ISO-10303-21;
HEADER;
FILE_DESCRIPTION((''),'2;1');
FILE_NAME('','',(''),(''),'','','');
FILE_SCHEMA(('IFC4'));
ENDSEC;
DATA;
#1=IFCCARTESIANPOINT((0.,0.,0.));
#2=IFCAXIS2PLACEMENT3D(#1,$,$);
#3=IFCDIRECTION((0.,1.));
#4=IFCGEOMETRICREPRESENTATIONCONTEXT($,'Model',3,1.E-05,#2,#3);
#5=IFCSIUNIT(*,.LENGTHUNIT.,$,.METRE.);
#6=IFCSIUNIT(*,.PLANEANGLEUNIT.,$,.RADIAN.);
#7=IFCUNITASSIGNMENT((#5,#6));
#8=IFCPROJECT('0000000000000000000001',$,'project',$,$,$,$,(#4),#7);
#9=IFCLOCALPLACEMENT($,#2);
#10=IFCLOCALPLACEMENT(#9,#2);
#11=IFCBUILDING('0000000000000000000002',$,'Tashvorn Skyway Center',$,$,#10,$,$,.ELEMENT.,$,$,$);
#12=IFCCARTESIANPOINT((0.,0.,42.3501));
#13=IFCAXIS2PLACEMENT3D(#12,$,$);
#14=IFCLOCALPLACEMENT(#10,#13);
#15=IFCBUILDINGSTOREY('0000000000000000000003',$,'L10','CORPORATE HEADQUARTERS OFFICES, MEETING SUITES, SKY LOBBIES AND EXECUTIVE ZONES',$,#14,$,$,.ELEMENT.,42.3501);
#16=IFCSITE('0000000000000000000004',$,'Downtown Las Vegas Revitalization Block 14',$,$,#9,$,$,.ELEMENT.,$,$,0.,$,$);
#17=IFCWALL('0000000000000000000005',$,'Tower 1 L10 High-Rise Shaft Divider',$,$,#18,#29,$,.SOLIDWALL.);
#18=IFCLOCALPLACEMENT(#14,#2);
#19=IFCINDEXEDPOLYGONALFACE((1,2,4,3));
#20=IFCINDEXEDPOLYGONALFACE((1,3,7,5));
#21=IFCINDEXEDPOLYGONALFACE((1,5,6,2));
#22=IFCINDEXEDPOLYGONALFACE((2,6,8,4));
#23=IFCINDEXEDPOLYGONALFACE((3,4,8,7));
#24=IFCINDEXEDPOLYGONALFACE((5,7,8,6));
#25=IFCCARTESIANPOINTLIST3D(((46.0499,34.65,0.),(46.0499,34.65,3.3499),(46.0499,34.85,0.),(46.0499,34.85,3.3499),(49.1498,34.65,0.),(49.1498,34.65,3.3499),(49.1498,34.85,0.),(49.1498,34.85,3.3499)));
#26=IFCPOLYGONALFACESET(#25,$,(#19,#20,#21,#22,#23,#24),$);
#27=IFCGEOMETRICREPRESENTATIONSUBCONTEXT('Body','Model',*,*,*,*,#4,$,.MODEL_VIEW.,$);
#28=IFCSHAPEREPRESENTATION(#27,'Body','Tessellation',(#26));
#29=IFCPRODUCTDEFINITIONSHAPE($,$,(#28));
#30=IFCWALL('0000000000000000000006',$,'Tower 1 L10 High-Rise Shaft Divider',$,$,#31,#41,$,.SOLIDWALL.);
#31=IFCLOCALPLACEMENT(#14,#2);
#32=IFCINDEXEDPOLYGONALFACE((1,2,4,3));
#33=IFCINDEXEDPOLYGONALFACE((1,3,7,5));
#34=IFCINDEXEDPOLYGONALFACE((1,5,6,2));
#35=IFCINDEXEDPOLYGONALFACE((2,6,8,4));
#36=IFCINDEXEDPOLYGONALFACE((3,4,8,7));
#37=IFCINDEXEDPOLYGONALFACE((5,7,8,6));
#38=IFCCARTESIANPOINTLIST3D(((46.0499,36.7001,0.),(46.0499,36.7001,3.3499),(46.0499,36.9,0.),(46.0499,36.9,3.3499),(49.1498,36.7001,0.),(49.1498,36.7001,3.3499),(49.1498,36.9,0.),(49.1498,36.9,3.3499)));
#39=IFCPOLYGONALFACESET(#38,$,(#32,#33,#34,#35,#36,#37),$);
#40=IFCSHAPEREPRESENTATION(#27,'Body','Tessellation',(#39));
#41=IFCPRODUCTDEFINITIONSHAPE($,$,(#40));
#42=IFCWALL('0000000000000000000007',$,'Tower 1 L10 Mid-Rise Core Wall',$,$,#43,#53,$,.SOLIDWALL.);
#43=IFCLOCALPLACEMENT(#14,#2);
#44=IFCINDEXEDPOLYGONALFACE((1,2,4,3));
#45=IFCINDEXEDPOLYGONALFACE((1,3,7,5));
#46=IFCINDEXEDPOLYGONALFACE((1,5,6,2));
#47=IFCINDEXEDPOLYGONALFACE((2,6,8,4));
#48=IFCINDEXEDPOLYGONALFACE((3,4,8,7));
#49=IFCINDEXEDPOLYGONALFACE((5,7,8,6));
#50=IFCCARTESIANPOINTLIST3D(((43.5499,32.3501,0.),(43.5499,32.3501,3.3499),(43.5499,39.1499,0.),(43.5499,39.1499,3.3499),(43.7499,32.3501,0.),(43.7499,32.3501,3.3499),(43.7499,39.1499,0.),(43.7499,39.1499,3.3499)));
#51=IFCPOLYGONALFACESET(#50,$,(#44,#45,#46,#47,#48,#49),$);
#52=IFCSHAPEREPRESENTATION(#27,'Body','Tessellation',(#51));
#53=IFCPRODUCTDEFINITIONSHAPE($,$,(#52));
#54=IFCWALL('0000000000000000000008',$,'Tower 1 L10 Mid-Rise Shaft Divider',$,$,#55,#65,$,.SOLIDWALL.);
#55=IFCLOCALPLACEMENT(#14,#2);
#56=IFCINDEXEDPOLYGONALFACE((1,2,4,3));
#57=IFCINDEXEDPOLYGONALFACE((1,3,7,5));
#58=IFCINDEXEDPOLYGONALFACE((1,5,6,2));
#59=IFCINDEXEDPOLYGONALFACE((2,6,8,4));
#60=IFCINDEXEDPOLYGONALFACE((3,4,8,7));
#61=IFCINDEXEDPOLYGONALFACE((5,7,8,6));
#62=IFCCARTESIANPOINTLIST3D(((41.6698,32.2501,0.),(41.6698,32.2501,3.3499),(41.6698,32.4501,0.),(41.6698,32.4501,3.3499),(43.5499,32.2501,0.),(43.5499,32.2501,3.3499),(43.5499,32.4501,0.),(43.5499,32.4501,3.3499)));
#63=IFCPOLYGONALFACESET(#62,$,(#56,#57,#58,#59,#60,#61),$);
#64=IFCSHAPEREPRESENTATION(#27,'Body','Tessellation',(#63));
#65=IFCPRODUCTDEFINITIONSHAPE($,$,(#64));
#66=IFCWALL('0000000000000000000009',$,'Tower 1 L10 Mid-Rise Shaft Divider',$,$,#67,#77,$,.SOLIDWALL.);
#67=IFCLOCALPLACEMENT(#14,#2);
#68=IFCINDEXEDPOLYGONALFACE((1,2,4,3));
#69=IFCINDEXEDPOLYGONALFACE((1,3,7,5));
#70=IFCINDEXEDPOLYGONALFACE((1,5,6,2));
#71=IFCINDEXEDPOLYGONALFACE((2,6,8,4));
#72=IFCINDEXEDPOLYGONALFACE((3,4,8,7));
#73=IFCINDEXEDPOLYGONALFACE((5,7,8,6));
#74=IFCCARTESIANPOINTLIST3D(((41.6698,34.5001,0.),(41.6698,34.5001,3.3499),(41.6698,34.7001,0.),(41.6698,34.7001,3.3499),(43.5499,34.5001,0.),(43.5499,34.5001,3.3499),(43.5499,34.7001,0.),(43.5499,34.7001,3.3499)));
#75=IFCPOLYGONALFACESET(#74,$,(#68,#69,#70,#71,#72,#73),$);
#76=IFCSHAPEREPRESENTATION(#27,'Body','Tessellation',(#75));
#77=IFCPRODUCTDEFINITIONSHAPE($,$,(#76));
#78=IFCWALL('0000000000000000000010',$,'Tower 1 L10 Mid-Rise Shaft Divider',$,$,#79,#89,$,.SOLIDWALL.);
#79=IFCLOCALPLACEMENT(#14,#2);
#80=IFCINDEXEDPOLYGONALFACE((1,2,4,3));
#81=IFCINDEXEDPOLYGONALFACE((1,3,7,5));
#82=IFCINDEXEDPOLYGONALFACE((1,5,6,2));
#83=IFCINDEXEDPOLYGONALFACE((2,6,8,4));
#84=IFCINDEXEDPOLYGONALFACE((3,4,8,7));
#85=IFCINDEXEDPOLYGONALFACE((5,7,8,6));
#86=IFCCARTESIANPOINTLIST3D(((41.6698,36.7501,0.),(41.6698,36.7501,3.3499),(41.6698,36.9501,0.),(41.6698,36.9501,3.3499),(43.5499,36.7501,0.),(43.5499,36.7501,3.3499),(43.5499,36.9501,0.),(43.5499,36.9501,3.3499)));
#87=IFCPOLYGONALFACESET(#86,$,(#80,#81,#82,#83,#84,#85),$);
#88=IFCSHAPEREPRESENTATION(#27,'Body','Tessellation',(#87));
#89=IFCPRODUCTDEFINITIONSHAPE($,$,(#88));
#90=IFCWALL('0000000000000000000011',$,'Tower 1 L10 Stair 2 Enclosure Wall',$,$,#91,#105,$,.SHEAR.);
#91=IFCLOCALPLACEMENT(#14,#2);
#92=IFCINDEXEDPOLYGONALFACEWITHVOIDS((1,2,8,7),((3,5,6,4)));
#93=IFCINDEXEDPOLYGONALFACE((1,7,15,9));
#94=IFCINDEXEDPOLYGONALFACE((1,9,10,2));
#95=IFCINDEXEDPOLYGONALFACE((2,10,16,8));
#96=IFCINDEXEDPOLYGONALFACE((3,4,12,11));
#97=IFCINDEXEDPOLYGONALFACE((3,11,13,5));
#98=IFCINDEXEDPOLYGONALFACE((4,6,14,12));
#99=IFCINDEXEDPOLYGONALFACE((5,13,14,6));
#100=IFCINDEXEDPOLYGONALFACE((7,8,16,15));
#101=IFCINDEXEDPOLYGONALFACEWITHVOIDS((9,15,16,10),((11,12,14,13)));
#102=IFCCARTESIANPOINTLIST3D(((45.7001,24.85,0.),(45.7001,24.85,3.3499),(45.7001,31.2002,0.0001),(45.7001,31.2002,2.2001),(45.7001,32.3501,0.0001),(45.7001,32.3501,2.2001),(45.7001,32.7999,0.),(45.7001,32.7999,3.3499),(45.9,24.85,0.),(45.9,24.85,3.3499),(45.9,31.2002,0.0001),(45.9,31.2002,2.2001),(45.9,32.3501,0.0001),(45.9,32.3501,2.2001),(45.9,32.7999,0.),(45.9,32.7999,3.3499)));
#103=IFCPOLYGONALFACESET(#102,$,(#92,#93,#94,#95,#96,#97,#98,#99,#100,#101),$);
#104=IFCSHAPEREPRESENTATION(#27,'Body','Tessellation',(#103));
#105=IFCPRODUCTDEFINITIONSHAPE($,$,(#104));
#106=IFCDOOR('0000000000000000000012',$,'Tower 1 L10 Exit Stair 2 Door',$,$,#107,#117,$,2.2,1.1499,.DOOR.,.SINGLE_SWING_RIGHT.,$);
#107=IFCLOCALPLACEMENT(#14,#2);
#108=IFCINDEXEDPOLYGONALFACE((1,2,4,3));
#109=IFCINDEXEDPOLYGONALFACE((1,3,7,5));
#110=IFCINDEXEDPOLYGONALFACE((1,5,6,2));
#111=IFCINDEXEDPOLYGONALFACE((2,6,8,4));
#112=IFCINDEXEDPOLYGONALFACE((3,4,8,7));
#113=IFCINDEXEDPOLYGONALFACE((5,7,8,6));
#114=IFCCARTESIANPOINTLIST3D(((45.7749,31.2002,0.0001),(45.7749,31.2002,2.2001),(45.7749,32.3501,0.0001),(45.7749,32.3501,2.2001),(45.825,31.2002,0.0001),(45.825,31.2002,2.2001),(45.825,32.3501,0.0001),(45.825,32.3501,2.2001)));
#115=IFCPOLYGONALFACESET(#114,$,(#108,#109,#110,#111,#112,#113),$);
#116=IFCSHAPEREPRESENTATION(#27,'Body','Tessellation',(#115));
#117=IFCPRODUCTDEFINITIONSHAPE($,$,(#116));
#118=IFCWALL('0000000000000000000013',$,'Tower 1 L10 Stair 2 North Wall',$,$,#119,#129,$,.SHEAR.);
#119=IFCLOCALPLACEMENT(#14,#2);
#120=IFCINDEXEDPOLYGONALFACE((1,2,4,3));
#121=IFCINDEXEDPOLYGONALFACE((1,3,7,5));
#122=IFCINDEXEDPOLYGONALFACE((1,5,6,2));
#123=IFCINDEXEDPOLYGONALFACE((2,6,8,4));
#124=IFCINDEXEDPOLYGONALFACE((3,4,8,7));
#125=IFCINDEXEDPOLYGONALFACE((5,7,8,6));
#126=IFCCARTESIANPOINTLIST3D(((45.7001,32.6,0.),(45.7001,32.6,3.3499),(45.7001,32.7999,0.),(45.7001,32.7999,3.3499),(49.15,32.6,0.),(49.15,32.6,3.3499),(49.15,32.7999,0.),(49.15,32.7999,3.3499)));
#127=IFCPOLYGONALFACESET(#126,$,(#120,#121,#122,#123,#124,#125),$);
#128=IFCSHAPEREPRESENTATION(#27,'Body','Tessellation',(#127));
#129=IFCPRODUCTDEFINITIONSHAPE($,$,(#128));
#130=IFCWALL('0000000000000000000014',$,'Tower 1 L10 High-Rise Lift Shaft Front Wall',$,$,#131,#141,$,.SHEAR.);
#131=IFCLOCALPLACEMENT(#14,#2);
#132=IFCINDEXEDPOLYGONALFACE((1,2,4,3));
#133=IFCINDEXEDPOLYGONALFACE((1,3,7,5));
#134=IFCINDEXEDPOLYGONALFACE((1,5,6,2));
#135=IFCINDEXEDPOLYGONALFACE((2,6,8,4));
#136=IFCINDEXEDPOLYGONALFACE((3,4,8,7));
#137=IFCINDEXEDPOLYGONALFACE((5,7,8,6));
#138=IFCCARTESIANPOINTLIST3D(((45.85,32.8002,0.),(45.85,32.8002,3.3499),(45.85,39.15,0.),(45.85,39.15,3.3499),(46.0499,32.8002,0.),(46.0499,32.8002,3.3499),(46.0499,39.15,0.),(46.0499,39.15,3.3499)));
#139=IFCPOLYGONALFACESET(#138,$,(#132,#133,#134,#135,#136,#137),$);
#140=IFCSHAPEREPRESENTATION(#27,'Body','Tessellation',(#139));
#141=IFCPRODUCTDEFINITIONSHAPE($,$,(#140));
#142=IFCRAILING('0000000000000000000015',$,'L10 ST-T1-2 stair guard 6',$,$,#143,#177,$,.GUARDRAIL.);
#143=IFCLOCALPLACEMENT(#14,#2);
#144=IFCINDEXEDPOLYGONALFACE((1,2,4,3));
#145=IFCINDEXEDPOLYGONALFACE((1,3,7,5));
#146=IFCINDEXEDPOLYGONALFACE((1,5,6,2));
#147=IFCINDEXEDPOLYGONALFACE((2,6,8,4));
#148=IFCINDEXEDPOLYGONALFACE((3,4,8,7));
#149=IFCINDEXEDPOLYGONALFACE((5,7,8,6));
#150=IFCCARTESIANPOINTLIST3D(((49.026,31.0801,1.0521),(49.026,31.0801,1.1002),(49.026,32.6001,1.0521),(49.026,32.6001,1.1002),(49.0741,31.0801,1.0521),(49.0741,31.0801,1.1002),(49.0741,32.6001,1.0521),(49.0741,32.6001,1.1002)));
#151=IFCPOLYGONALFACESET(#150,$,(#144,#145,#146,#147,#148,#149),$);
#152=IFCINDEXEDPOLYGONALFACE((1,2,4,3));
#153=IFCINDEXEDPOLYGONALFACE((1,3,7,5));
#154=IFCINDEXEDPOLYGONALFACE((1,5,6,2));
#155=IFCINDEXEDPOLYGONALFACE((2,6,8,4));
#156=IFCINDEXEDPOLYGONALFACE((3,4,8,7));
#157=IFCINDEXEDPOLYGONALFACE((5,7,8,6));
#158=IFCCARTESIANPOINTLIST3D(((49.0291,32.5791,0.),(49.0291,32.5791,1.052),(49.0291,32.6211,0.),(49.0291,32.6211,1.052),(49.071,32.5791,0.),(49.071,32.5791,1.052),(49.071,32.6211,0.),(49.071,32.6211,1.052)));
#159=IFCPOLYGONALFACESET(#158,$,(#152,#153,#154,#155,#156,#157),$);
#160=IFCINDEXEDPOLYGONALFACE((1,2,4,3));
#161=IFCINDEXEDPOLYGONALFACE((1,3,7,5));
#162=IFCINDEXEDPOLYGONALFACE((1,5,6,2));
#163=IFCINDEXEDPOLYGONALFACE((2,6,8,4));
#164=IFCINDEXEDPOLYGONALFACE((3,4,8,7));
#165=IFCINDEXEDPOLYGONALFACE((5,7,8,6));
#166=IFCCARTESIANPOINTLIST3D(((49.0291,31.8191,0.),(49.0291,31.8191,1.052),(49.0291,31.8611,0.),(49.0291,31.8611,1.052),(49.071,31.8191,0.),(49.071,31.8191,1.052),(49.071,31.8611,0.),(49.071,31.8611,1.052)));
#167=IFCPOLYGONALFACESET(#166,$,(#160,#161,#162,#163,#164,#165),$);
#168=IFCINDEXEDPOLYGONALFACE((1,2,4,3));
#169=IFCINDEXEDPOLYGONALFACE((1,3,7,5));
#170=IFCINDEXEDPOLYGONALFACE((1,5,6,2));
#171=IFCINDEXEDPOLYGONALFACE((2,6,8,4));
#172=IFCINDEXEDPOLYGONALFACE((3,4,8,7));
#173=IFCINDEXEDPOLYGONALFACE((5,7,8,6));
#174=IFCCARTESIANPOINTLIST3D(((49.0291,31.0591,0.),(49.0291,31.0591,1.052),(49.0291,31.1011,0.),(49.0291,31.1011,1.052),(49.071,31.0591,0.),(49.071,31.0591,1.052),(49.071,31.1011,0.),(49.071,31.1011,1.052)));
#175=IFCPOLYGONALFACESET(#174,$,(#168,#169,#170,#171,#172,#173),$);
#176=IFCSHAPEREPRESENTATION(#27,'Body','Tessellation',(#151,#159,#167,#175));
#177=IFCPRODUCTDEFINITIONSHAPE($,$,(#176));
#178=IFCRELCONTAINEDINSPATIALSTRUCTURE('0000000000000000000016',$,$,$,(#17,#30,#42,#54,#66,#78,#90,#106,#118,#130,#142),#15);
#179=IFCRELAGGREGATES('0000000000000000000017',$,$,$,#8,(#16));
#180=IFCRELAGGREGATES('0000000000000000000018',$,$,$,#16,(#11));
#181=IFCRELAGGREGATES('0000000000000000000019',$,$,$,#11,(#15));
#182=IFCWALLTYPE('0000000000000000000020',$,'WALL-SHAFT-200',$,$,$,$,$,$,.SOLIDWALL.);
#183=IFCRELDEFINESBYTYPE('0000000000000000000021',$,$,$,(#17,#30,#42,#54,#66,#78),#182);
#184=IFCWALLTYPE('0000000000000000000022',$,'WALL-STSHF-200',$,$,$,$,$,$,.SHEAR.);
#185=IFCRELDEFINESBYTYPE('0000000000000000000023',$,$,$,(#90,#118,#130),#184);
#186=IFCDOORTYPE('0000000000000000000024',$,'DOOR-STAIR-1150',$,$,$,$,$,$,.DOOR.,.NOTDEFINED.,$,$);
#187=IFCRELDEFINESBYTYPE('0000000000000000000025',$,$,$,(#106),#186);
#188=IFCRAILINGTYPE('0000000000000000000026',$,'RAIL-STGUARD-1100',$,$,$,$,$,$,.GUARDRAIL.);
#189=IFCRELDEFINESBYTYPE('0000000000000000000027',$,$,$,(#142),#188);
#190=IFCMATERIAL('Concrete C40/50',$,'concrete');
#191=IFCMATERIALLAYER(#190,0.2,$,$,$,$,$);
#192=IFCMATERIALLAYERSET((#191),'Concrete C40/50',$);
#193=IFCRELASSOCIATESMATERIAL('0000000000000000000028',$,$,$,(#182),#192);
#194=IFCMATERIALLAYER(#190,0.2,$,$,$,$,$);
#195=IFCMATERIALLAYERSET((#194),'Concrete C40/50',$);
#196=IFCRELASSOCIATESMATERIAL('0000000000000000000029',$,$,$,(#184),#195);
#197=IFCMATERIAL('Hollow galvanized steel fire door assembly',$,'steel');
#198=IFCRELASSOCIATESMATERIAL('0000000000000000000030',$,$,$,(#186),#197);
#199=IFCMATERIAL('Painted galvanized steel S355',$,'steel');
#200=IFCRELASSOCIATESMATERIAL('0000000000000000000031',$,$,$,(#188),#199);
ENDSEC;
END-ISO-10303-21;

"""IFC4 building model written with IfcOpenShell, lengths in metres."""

from ifc_helpers import new_model, si_unit, direction, frame, frame_2d, origin, origin_2d, place, context, subcontext, project, spatial, rectangle, extrude, material, layer, layer_set, type_object, element, fill, save


model = new_model("IFC4")

# Units and contexts
model_context = context("Model", 3, precision=1e-05, world=origin(), true_north=direction((0.0, 1.0)))
body_context = subcontext(model_context, "Body", "Model", "MODEL_VIEW")
ifc_project = project(units=[si_unit("LENGTHUNIT", "METRE"), si_unit("PLANEANGLEUNIT", "RADIAN")], contexts=[model_context])

# Site, building, storey
site_placement = place(None, origin())
site = spatial("IfcSite", under=ifc_project, at=site_placement, Name="Downtown Las Vegas Revitalization Block 14", CompositionType="ELEMENT", RefElevation=0.0)
building_placement = place(site_placement, origin())
building = spatial("IfcBuilding", under=site, at=building_placement, Name="Tashvorn Skyway Center", CompositionType="ELEMENT")
storey_placement = place(building_placement, frame((0.0, 0.0, 42.3501)))
storey = spatial("IfcBuildingStorey", under=building, at=storey_placement, Name="L10", Description="CORPORATE HEADQUARTERS OFFICES, MEETING SUITES, SKY LOBBIES AND EXECUTIVE ZONES", CompositionType="ELEMENT", Elevation=42.3501)

# Shared definitions
ifc_material_1 = material(Name="Concrete C40/50", Category="concrete")
ifc_material_2 = material(Name="Hollow galvanized steel fire door assembly", Category="steel")

# Walls
ifc_layer_1 = layer(ifc_material_1, 0.2)
ifc_layer_set_1 = layer_set([ifc_layer_1], Name="Concrete C40/50")
wall_type_1 = type_object("IfcWallType", Name="WALL-SHAFT-200", PredefinedType="SOLIDWALL", material=ifc_layer_set_1)
for number, where, z_axis, x_axis, name in (
    (1, (46.05, 34.75, 0.0), (0.0, 0.0, 1.0), (1.0, 0.0, 0.0), "Tower 1 L10 High-Rise Shaft Divider"),
    (2, (46.05, 36.8, 0.0), (0.0, 0.0, 1.0), (1.0, 0.0, 0.0), "Tower 1 L10 High-Rise Shaft Divider"),
):
    element("IfcWall", number, at=place(storey_placement, frame(where, z_axis=z_axis, x_axis=x_axis)), inside=storey, type_object=wall_type_1, Name=name, PredefinedType="SOLIDWALL", context=body_context, shape_type="SweptSolid", body=[
        extrude(rectangle(XDim=3.0999, YDim=0.2, at=frame_2d((1.5498, 0.0))), origin(), (0.0, 0.0, 1.0), 3.3499),
    ])
wall_1_placement = place(storey_placement, frame((43.6499, 32.3501, 0.0), z_axis=(0.0, 0.0, 1.0), x_axis=(0.0, 1.0, 0.0)))
element("IfcWall", 3, at=wall_1_placement, inside=storey, type_object=wall_type_1, Name="Tower 1 L10 Mid-Rise Core Wall", PredefinedType="SOLIDWALL", context=body_context, shape_type="SweptSolid", body=[
    extrude(rectangle(XDim=6.7998, YDim=0.2, at=frame_2d((3.3999, 0.0))), origin(), (0.0, 0.0, 1.0), 3.3499),
])
for number, where, z_axis, x_axis, name in (
    (4, (41.6699, 32.3501, 0.0), (0.0, 0.0, 1.0), (1.0, 0.0, 0.0), "Tower 1 L10 Mid-Rise Shaft Divider"),
    (5, (41.6699, 34.6001, 0.0), (0.0, 0.0, 1.0), (1.0, 0.0, 0.0), "Tower 1 L10 Mid-Rise Shaft Divider"),
    (6, (41.6699, 36.8501, 0.0), (0.0, 0.0, 1.0), (1.0, 0.0, 0.0), "Tower 1 L10 Mid-Rise Shaft Divider"),
):
    element("IfcWall", number, at=place(storey_placement, frame(where, z_axis=z_axis, x_axis=x_axis)), inside=storey, type_object=wall_type_1, Name=name, PredefinedType="SOLIDWALL", context=body_context, shape_type="SweptSolid", body=[
        extrude(rectangle(XDim=1.8801, YDim=0.2, at=frame_2d((0.9399, 0.0))), origin(), (0.0, 0.0, 1.0), 3.3499),
    ])

# Wall, opening, door
ifc_layer_2 = layer(ifc_material_1, 0.2)
ifc_layer_set_2 = layer_set([ifc_layer_2], Name="Concrete C40/50")
wall_type_2 = type_object("IfcWallType", Name="WALL-STSHF-200", PredefinedType="SHEAR", material=ifc_layer_set_2)
wall_2_placement = place(storey_placement, frame((45.8, 32.8, 0.0), z_axis=(0.0, 0.0, 1.0), x_axis=(0.0, -1.0, 0.0)))
wall_2 = element("IfcWall", 7, at=wall_2_placement, inside=storey, type_object=wall_type_2, Name="Tower 1 L10 Stair 2 Enclosure Wall", PredefinedType="SHEAR", context=body_context, shape_type="SweptSolid", body=[
    extrude(rectangle(XDim=7.95, YDim=0.2, at=frame_2d((3.9751, 0.0))), origin(), (0.0, 0.0, 1.0), 3.3499),
])
opening_1_placement = place(wall_2_placement, frame((0.45, 0.0, 0.0)))
opening_1 = element("IfcOpeningElement", 8, at=opening_1_placement, cuts=wall_2, PredefinedType="OPENING", context=body_context, shape_type="SweptSolid", body=[
    extrude(rectangle(XDim=1.1499, YDim=2.2, at=frame_2d((0.575, 1.1001))), frame((0.0, 0.1099, 0.0), z_axis=(0.0, -1.0, 0.0), x_axis=(1.0, 0.0, 0.0)), (0.0, 0.0, 1.0), 0.22),
])
door_type_1 = type_object("IfcDoorType", Name="DOOR-STAIR-1150", OperationType="NOTDEFINED", PredefinedType="DOOR", material=ifc_material_2)
door_1_placement = place(opening_1_placement, origin())
door_1 = element("IfcDoor", 9, at=door_1_placement, inside=storey, type_object=door_type_1, Name="Tower 1 L10 Exit Stair 2 Door", OperationType="SINGLE_SWING_RIGHT", OverallHeight=2.2, OverallWidth=1.1499, PredefinedType="DOOR", context=body_context, shape_type="SweptSolid", body=[
    extrude(rectangle(XDim=1.1499, YDim=2.2, at=frame_2d((0.575, 1.1001))), frame((0.0, 0.0249, 0.0), z_axis=(0.0, -1.0, 0.0), x_axis=(1.0, 0.0, 0.0)), (0.0, 0.0, 1.0), 0.05),
])
fill(opening_1, door_1)

# Walls
wall_3_placement = place(storey_placement, frame((45.7, 32.7, 0.0), z_axis=(0.0, 0.0, 1.0), x_axis=(1.0, 0.0, 0.0)))
element("IfcWall", 10, at=wall_3_placement, inside=storey, type_object=wall_type_2, Name="Tower 1 L10 Stair 2 North Wall", PredefinedType="SHEAR", context=body_context, shape_type="SweptSolid", body=[
    extrude(rectangle(XDim=3.45, YDim=0.2, at=frame_2d((1.7251, 0.0))), origin(), (0.0, 0.0, 1.0), 3.3499),
])
wall_4_placement = place(storey_placement, frame((45.95, 39.1499, 0.0), z_axis=(0.0, 0.0, 1.0), x_axis=(0.0, -1.0, 0.0)))
element("IfcWall", 11, at=wall_4_placement, inside=storey, type_object=wall_type_2, Name="Tower 1 L10 High-Rise Lift Shaft Front Wall", PredefinedType="SHEAR", context=body_context, shape_type="SweptSolid", body=[
    extrude(rectangle(XDim=6.3499, YDim=0.2, at=frame_2d((3.1748, 0.0))), origin(), (0.0, 0.0, 1.0), 3.3499),
])

# Railing
ifc_material_3 = material(Name="Painted galvanized steel S355", Category="steel")
railing_type = type_object("IfcRailingType", Name="RAIL-STGUARD-1100", PredefinedType="GUARDRAIL", material=ifc_material_3)
railing_placement = place(storey_placement, frame((49.05, 32.6001, 0.0)))
element("IfcRailing", 12, at=railing_placement, inside=storey, type_object=railing_type, Name="L10 ST-T1-2 stair guard 6", PredefinedType="GUARDRAIL", context=body_context, shape_type="SweptSolid", body=[
    extrude(rectangle(XDim=0.0481, YDim=0.0481, at=origin_2d()), frame((0.0, 0.0, 1.0762), z_axis=(0.0, -1.0, 0.0), x_axis=(1.0, 0.0, 0.0)), (0.0, 0.0, 1.0), 1.52),
    extrude(rectangle(XDim=0.042, YDim=0.042, at=origin_2d()), origin(), (0.0, 0.0, 1.0), 1.052),
    extrude(rectangle(XDim=0.042, YDim=0.042, at=origin_2d()), frame((0.0, -0.76, 0.0)), (0.0, 0.0, 1.0), 1.052),
    extrude(rectangle(XDim=0.042, YDim=0.042, at=origin_2d()), frame((0.0, -1.52, 0.0)), (0.0, 0.0, 1.0), 1.052),
])

save(model, "model.ifc")
